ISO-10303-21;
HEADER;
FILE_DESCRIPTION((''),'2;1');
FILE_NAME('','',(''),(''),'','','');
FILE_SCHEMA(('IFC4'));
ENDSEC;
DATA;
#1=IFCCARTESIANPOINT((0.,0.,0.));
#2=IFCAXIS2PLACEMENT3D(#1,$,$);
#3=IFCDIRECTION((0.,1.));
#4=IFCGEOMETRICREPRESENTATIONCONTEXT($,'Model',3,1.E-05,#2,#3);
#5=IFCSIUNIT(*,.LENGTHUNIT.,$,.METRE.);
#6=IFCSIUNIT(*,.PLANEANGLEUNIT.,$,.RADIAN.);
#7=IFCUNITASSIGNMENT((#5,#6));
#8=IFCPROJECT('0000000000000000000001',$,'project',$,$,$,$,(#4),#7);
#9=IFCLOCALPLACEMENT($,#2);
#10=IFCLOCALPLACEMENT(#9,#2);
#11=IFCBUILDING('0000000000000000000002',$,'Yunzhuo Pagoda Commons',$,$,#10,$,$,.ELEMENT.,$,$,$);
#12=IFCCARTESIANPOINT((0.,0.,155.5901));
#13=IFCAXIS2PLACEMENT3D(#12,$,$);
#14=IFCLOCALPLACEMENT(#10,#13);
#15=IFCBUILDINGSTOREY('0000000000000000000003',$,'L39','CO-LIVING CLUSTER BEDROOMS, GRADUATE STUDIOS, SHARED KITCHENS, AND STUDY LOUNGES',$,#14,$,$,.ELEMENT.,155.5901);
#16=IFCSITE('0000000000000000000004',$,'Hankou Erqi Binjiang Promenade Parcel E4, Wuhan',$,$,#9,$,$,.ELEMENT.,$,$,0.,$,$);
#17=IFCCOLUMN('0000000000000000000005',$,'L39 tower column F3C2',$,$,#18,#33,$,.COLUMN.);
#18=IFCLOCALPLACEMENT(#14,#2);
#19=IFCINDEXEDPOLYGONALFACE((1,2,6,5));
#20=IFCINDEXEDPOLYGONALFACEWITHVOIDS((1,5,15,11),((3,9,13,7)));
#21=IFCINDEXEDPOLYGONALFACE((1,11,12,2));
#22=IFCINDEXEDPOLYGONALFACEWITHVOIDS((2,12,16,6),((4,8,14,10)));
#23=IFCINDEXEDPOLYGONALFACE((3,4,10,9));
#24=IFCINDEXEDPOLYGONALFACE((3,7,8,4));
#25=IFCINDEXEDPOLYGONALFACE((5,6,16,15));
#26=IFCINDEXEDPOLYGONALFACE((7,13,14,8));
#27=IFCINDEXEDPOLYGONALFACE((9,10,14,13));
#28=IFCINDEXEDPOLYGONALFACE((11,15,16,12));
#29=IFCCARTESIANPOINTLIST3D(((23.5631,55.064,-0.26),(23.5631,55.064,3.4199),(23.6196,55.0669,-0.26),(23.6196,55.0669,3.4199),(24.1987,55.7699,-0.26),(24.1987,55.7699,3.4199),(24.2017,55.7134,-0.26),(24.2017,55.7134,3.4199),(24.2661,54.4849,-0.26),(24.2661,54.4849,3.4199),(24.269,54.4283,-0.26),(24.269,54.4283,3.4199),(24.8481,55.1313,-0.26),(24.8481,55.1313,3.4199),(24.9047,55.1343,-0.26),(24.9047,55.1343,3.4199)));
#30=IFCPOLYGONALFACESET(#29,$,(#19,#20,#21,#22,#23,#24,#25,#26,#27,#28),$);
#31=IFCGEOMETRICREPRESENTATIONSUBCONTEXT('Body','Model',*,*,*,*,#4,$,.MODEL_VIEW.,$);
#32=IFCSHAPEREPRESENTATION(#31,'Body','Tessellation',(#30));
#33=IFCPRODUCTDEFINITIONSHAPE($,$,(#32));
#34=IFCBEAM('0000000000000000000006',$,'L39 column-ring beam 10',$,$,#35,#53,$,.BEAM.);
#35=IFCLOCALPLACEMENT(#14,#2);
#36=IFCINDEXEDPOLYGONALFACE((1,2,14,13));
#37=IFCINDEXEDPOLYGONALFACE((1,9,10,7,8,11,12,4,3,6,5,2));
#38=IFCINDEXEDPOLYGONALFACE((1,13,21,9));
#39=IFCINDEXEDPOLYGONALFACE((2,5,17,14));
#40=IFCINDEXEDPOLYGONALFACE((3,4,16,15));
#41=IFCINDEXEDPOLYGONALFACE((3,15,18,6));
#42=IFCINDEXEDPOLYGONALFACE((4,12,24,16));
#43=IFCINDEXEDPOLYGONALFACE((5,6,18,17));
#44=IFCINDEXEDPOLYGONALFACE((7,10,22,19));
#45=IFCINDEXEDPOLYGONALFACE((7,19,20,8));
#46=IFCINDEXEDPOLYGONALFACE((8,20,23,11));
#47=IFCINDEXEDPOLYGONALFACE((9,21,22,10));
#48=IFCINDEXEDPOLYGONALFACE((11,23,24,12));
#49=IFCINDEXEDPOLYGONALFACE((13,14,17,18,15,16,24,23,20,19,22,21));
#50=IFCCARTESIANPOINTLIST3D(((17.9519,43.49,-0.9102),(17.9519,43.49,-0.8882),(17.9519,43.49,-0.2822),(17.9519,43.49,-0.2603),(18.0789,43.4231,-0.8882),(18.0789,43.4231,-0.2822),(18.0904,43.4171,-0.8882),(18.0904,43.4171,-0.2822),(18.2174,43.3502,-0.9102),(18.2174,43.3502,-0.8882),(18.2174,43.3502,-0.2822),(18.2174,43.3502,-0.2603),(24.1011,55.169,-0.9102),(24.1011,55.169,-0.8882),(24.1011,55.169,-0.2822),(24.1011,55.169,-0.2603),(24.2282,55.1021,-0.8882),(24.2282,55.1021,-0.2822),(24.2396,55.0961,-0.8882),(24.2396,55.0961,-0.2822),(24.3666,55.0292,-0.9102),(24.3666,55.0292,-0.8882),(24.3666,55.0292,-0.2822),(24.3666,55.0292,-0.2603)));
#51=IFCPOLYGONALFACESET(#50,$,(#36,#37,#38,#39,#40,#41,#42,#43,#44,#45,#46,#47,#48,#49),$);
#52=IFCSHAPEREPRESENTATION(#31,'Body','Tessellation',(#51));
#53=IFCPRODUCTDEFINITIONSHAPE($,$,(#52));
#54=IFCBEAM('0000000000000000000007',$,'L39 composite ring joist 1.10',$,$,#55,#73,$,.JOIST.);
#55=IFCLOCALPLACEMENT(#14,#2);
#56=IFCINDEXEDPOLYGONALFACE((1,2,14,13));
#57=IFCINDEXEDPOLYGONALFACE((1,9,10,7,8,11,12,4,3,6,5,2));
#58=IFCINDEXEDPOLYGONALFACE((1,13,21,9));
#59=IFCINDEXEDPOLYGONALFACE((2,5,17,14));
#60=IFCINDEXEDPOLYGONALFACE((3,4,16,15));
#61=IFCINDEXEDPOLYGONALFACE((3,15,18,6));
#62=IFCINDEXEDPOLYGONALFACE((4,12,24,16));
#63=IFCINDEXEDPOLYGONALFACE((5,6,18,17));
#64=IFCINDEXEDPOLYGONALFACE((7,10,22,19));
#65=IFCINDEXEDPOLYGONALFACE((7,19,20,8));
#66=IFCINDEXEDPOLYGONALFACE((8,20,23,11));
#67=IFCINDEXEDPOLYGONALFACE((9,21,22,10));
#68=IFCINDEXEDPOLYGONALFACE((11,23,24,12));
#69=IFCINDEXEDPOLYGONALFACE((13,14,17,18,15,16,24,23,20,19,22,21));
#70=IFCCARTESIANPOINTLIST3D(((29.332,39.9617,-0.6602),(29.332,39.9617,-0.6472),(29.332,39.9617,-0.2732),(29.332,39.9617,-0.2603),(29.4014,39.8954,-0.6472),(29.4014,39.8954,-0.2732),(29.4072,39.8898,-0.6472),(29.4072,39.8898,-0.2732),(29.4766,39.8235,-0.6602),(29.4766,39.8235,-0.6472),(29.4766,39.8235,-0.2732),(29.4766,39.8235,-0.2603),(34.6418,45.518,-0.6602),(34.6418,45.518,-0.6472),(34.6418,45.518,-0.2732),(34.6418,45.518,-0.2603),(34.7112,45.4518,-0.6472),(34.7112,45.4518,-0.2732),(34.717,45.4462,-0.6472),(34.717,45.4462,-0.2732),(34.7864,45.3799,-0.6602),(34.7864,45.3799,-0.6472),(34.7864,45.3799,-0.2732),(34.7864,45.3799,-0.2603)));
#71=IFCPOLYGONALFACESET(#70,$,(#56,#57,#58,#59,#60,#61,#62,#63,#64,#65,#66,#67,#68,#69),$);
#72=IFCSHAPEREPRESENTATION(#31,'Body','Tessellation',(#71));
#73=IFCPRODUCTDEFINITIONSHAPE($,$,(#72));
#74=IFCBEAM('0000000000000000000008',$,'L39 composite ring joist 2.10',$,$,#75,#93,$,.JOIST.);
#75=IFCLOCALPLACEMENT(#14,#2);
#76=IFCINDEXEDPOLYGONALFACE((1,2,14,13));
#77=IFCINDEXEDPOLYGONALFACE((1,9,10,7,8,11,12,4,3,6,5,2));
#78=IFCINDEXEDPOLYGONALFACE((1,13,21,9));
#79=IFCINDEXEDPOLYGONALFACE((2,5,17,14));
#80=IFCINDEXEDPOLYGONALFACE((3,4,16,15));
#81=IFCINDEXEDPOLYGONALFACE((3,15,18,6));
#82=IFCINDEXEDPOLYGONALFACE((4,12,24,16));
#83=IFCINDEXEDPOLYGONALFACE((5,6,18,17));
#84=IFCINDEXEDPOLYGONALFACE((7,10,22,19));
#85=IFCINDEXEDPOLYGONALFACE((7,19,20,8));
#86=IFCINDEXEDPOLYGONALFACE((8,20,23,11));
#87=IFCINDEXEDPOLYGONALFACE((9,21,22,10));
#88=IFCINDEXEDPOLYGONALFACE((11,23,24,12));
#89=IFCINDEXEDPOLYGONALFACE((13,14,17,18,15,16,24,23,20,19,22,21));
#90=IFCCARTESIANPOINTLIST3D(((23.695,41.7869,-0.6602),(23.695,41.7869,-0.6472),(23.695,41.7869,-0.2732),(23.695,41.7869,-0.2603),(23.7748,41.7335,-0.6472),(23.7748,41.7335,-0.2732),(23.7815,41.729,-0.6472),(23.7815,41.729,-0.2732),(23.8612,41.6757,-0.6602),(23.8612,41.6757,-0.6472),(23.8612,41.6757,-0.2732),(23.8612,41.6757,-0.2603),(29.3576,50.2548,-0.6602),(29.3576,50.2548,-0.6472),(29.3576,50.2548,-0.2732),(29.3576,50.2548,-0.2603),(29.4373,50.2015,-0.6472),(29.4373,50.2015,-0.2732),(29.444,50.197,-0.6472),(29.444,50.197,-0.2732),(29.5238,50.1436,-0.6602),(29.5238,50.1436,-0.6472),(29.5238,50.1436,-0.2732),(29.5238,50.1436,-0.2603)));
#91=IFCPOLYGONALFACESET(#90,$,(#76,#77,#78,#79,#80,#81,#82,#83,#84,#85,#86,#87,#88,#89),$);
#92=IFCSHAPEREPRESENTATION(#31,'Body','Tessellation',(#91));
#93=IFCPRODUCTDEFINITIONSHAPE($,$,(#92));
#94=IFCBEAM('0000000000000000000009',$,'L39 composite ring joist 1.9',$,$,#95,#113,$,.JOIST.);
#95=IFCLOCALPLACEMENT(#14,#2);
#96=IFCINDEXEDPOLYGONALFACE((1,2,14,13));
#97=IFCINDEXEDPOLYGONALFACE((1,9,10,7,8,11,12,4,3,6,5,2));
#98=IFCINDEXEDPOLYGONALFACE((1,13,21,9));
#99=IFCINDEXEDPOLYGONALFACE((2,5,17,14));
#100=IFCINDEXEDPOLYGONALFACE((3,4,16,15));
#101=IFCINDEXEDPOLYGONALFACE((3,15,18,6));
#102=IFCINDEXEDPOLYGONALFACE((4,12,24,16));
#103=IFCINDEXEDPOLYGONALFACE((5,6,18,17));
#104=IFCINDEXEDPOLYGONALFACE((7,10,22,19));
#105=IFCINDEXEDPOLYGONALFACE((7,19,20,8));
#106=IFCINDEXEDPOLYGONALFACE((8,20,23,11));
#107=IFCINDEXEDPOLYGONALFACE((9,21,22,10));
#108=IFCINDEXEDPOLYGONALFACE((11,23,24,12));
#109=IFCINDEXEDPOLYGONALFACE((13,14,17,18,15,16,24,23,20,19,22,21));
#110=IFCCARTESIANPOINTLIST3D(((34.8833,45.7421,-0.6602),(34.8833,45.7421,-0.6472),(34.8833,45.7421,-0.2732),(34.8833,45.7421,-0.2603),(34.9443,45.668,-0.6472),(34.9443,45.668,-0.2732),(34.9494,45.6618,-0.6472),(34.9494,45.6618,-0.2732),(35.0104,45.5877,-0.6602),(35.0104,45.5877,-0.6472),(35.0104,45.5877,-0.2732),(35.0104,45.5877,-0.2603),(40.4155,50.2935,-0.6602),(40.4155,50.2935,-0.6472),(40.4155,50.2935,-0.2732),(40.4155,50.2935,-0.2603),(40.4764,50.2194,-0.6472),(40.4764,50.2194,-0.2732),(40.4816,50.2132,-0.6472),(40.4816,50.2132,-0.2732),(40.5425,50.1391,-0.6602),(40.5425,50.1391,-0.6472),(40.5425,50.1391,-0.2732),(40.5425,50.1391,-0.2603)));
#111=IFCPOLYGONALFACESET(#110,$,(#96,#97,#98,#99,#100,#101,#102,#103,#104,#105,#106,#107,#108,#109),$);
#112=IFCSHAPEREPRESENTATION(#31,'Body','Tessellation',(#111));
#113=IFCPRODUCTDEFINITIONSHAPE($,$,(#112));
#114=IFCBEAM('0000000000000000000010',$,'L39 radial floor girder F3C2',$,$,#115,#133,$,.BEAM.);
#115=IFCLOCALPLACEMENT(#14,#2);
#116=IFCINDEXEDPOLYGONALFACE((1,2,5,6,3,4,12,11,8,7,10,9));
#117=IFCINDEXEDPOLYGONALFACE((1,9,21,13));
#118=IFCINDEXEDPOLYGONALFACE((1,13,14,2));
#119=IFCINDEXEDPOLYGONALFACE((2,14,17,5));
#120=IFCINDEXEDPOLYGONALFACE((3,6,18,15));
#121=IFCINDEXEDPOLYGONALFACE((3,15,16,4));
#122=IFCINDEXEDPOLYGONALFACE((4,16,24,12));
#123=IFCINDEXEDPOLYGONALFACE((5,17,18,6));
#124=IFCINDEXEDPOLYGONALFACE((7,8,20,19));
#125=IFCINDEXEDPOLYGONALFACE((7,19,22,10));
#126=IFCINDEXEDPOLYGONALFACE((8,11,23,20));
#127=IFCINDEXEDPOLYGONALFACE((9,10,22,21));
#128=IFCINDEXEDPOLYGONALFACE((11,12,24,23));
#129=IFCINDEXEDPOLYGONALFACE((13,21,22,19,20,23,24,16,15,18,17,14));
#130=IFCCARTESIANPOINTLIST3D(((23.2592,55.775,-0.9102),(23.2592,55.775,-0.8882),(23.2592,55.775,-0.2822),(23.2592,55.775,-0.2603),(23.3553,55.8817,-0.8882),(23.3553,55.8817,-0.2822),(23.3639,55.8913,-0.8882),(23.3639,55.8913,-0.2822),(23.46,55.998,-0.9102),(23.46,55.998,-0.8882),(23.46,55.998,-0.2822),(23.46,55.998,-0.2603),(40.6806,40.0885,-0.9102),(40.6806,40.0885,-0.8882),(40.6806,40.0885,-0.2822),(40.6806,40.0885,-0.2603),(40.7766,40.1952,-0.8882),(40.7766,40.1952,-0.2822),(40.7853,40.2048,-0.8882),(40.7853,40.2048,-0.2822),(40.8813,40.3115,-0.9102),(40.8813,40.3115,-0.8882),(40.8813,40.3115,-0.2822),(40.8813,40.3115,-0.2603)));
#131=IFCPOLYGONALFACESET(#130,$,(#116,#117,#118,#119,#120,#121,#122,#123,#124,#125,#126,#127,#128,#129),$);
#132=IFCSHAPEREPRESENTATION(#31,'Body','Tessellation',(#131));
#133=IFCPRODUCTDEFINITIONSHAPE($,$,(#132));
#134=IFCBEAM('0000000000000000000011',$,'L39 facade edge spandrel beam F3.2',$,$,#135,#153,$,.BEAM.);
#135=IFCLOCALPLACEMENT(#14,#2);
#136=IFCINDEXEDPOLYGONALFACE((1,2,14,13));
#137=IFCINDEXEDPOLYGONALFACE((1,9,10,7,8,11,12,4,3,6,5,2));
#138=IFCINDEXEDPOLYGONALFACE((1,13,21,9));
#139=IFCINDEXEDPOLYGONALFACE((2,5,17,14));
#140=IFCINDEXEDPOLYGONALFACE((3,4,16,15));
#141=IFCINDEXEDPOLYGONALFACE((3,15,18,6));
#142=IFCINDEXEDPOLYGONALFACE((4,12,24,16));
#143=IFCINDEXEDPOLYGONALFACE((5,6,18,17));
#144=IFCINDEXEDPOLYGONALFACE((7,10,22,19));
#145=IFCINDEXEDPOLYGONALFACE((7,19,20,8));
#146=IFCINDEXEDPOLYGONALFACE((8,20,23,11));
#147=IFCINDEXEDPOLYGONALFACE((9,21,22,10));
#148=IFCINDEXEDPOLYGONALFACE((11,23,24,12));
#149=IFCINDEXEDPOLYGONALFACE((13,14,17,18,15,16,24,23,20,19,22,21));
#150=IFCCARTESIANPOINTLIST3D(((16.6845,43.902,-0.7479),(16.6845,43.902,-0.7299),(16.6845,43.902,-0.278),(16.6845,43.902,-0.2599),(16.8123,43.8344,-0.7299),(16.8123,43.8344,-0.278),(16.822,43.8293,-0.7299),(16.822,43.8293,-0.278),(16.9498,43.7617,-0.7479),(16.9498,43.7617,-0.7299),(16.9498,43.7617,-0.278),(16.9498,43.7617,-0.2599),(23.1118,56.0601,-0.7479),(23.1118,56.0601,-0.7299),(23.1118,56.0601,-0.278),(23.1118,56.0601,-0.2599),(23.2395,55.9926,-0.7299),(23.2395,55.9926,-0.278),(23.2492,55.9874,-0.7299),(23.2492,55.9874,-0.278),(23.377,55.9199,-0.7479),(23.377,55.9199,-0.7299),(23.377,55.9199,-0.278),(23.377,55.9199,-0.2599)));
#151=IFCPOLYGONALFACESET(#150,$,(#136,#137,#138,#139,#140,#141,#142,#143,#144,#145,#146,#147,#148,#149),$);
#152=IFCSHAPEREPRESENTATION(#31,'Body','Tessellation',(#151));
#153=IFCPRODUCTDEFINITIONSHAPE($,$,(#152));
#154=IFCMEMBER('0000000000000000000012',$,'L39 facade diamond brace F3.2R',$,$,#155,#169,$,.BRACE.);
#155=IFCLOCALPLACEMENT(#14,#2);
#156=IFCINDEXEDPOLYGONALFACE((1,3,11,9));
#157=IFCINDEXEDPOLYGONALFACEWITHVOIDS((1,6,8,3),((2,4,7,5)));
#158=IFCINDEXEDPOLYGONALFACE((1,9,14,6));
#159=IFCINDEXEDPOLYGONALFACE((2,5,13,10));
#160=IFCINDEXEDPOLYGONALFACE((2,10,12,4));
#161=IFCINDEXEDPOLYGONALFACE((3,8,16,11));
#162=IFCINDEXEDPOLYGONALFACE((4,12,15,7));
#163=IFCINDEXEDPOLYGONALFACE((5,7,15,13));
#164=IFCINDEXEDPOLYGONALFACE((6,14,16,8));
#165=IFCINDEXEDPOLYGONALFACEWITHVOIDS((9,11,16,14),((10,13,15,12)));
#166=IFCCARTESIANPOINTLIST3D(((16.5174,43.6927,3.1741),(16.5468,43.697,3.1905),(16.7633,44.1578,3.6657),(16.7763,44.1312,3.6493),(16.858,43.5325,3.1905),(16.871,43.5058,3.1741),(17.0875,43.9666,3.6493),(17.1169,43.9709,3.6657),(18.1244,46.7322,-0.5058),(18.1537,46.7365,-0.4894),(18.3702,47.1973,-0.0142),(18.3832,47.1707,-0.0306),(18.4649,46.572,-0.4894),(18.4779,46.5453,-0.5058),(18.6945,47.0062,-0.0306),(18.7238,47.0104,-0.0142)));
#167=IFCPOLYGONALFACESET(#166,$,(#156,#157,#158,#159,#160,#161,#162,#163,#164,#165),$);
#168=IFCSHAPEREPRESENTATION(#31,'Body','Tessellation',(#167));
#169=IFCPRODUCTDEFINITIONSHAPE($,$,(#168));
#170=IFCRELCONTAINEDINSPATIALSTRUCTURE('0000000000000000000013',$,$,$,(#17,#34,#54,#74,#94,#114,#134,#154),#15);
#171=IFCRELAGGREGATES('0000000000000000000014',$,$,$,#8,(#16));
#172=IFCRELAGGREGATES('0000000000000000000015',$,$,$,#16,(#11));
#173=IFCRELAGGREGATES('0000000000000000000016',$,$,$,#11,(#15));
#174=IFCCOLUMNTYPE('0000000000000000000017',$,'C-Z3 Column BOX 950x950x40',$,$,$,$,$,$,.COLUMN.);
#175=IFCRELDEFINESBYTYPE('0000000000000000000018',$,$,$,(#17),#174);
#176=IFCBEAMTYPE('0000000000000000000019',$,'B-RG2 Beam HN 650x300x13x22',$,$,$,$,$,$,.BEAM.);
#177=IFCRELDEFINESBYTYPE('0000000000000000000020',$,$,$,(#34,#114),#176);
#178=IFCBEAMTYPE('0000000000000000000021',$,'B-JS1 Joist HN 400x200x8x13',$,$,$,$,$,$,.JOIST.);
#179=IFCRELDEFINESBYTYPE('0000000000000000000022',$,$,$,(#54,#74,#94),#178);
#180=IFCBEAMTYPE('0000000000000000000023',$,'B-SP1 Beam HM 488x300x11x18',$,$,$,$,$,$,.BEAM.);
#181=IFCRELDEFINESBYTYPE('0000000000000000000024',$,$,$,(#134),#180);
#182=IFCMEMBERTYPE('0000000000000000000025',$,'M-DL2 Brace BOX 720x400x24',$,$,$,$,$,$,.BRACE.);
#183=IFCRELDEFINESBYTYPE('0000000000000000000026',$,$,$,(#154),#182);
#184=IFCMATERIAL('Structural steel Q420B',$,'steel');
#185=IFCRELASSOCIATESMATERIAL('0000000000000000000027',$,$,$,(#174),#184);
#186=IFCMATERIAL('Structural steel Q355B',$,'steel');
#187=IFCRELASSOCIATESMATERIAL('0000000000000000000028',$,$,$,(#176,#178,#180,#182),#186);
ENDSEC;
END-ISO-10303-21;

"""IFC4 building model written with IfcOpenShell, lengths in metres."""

from ifc_helpers import new_model, si_unit, direction, frame, origin, origin_2d, place, context, subcontext, project, spatial, hollow_rectangle, i_section, extrude, source, transform, mapped, material, material_profile, profile_set, type_object, element, save


model = new_model("IFC4")

# Units and contexts
model_context = context("Model", 3, precision=1e-05, world=origin(), true_north=direction((0.0, 1.0)))
body_context = subcontext(model_context, "Body", "Model", "MODEL_VIEW")
ifc_project = project(units=[si_unit("LENGTHUNIT", "METRE"), si_unit("PLANEANGLEUNIT", "RADIAN")], contexts=[model_context])

# Site, building, storey
site_placement = place(None, origin())
site = spatial("IfcSite", under=ifc_project, at=site_placement, Name="Hankou Erqi Binjiang Promenade Parcel E4, Wuhan", CompositionType="ELEMENT", RefElevation=0.0)
building_placement = place(site_placement, origin())
building = spatial("IfcBuilding", under=site, at=building_placement, Name="Yunzhuo Pagoda Commons", CompositionType="ELEMENT")
storey_placement = place(building_placement, frame((0.0, 0.0, 155.5901)))
storey = spatial("IfcBuildingStorey", under=building, at=storey_placement, Name="L39", Description="CO-LIVING CLUSTER BEDROOMS, GRADUATE STUDIOS, SHARED KITCHENS, AND STUDY LOUNGES", CompositionType="ELEMENT", Elevation=155.5901)

# Column
ifc_material_1 = material(Name="Structural steel Q420B", Category="steel")
ifc_material_profile_1 = material_profile(ifc_material_1, hollow_rectangle(XDim=0.95, YDim=0.95, WallThickness=0.04, at=origin_2d()), Name="Structural steel Q420B")
ifc_profile_set_1 = profile_set([ifc_material_profile_1], Name="Structural steel Q420B")
column_type = type_object("IfcColumnType", Name="C-Z3 Column BOX 950x950x40", PredefinedType="COLUMN", material=ifc_profile_set_1)
shared_shape_1 = source(origin(), body_context, "Body", "SweptSolid", [
    extrude(hollow_rectangle(XDim=0.95, YDim=0.95, WallThickness=0.04, at=origin_2d()), origin(), (0.0, 0.0, 1.0), 3.6799),
])
column_placement = place(storey_placement, frame((24.2339, 55.0991, -0.26), z_axis=(0.0, 0.0, 1.0), x_axis=(-0.669131, -0.743145, 0.0)))
element("IfcColumn", 1, at=column_placement, inside=storey, type_object=column_type, Name="L39 tower column F3C2", PredefinedType="COLUMN", context=body_context, shape_type="MappedRepresentation", body=[
    mapped(shared_shape_1, transform((0.0, 0.0, 0.0), scale=1.0)),
])

# Beams
ifc_material_2 = material(Name="Structural steel Q355B", Category="steel")
ifc_material_profile_2 = material_profile(ifc_material_2, i_section(OverallWidth=0.3, OverallDepth=0.6499, WebThickness=0.0129, FlangeThickness=0.022, at=origin_2d()), Name="Structural steel Q355B")
ifc_profile_set_2 = profile_set([ifc_material_profile_2], Name="Structural steel Q355B")
beam_type_1 = type_object("IfcBeamType", Name="B-RG2 Beam HN 650x300x13x22", PredefinedType="BEAM", material=ifc_profile_set_2)
shared_shape_2 = source(origin(), body_context, "Body", "SweptSolid", [
    extrude(i_section(OverallWidth=0.3, OverallDepth=0.6499, WebThickness=0.0129, FlangeThickness=0.022, at=origin_2d()), origin(), (0.0, 0.0, 1.0), 13.199),
])
beam_1_placement = place(storey_placement, frame((24.2339, 55.0991, -0.5852), z_axis=(-0.465886, -0.884845, 0.0), x_axis=(0.884845, -0.465886, 0.0)))
element("IfcBeam", 2, at=beam_1_placement, inside=storey, type_object=beam_type_1, Name="L39 column-ring beam 10", PredefinedType="BEAM", context=body_context, shape_type="MappedRepresentation", body=[
    mapped(shared_shape_2, transform((0.0, 0.0, 0.0), scale=1.0)),
])
ifc_material_profile_3 = material_profile(ifc_material_2, i_section(OverallWidth=0.2, OverallDepth=0.3999, WebThickness=0.0081, FlangeThickness=0.0129, at=origin_2d()), Name="Structural steel Q355B")
ifc_profile_set_3 = profile_set([ifc_material_profile_3], Name="Structural steel Q355B")
beam_type_2 = type_object("IfcBeamType", Name="B-JS1 Joist HN 400x200x8x13", PredefinedType="JOIST", material=ifc_profile_set_3)
shared_shape_3 = source(origin(), body_context, "Body", "SweptSolid", [
    extrude(i_section(OverallWidth=0.2, OverallDepth=0.3999, WebThickness=0.0081, FlangeThickness=0.0129, at=origin_2d()), origin(), (0.0, 0.0, 1.0), 7.6855),
])
beam_2_placement = place(storey_placement, frame((34.7141, 45.449, -0.4602), z_axis=(-0.690883, -0.722967, 0.0), x_axis=(0.722967, -0.690883, 0.0)))
element("IfcBeam", 3, at=beam_2_placement, inside=storey, type_object=beam_type_2, Name="L39 composite ring joist 1.10", PredefinedType="JOIST", context=body_context, shape_type="MappedRepresentation", body=[
    mapped(shared_shape_3, transform((0.0, 0.0, 0.0), scale=1.0)),
])
shared_shape_4 = source(origin(), body_context, "Body", "SweptSolid", [
    extrude(i_section(OverallWidth=0.2, OverallDepth=0.3999, WebThickness=0.0081, FlangeThickness=0.0129, at=origin_2d()), origin(), (0.0, 0.0, 1.0), 10.1868),
])
beam_3_placement = place(storey_placement, frame((29.4407, 50.1992, -0.4602), z_axis=(-0.555872, -0.831268, 0.0), x_axis=(0.831268, -0.555872, 0.0)))
element("IfcBeam", 4, at=beam_3_placement, inside=storey, type_object=beam_type_2, Name="L39 composite ring joist 2.10", PredefinedType="JOIST", context=body_context, shape_type="MappedRepresentation", body=[
    mapped(shared_shape_4, transform((0.0, 0.0, 0.0), scale=1.0)),
])
shared_shape_5 = source(origin(), body_context, "Body", "SweptSolid", [
    extrude(i_section(OverallWidth=0.2, OverallDepth=0.3999, WebThickness=0.0081, FlangeThickness=0.0129, at=origin_2d()), origin(), (0.0, 0.0, 1.0), 7.1638),
])
beam_4_placement = place(storey_placement, frame((40.479, 50.2163, -0.4602), z_axis=(-0.772234, -0.635338, 0.0), x_axis=(0.635338, -0.772234, 0.0)))
element("IfcBeam", 5, at=beam_4_placement, inside=storey, type_object=beam_type_2, Name="L39 composite ring joist 1.9", PredefinedType="JOIST", context=body_context, shape_type="MappedRepresentation", body=[
    mapped(shared_shape_5, transform((0.0, 0.0, 0.0), scale=1.0)),
])
shared_shape_6 = source(origin(), body_context, "Body", "SweptSolid", [
    extrude(i_section(OverallWidth=0.3, OverallDepth=0.6499, WebThickness=0.0129, FlangeThickness=0.022, at=origin_2d()), origin(), (0.0, 0.0, 1.0), 23.4429),
])
beam_5_placement = place(storey_placement, frame((23.3596, 55.8865, -0.5852), z_axis=(0.74314, -0.669136, 0.0), x_axis=(0.669136, 0.74314, 0.0)))
element("IfcBeam", 6, at=beam_5_placement, inside=storey, type_object=beam_type_1, Name="L39 radial floor girder F3C2", PredefinedType="BEAM", context=body_context, shape_type="MappedRepresentation", body=[
    mapped(shared_shape_6, transform((0.0, 0.0, 0.0), scale=1.0)),
])
ifc_material_profile_4 = material_profile(ifc_material_2, i_section(OverallWidth=0.3, OverallDepth=0.488, WebThickness=0.011, FlangeThickness=0.0181, at=origin_2d()), Name="Structural steel Q355B")
ifc_profile_set_4 = profile_set([ifc_material_profile_4], Name="Structural steel Q355B")
beam_type_3 = type_object("IfcBeamType", Name="B-SP1 Beam HM 488x300x11x18", PredefinedType="BEAM", material=ifc_profile_set_4)
shared_shape_7 = source(origin(), body_context, "Body", "SweptSolid", [
    extrude(i_section(OverallWidth=0.3, OverallDepth=0.488, WebThickness=0.011, FlangeThickness=0.0181, at=origin_2d()), origin(), (0.0, 0.0, 1.0), 13.7524),
])
beam_6_placement = place(storey_placement, frame((23.2444, 55.99, -0.5039), z_axis=(-0.467351, -0.884072, 0.0), x_axis=(0.884072, -0.467351, 0.0)))
element("IfcBeam", 7, at=beam_6_placement, inside=storey, type_object=beam_type_3, Name="L39 facade edge spandrel beam F3.2", PredefinedType="BEAM", context=body_context, shape_type="MappedRepresentation", body=[
    mapped(shared_shape_7, transform((0.0, 0.0, 0.0), scale=1.0)),
])

# Member
ifc_material_profile_5 = material_profile(ifc_material_2, hollow_rectangle(XDim=0.3999, YDim=0.72, WallThickness=0.0239, at=origin_2d()), Name="Structural steel Q355B")
ifc_profile_set_5 = profile_set([ifc_material_profile_5], Name="Structural steel Q355B")
member_type_1 = type_object("IfcMemberType", Name="M-DL2 Brace BOX 720x400x24", PredefinedType="BRACE", material=ifc_profile_set_5)
shared_shape_8 = source(origin(), body_context, "Body", "SweptSolid", [
    extrude(hollow_rectangle(XDim=0.3999, YDim=0.72, WallThickness=0.0239, at=origin_2d()), origin(), (0.0, 0.0, 1.0), 5.0361),
])
member_1_placement = place(storey_placement, frame((18.4241, 46.8713, -0.26), z_axis=(-0.319079, -0.603544, 0.730701), x_axis=(0.884057, -0.467379, 0.0)))
element("IfcMember", 8, at=member_1_placement, inside=storey, type_object=member_type_1, Name="L39 facade diamond brace F3.2R", PredefinedType="BRACE", context=body_context, shape_type="MappedRepresentation", body=[
    mapped(shared_shape_8, transform((0.0, 0.0, 0.0), scale=1.0)),
])

save(model, "model.ifc")
